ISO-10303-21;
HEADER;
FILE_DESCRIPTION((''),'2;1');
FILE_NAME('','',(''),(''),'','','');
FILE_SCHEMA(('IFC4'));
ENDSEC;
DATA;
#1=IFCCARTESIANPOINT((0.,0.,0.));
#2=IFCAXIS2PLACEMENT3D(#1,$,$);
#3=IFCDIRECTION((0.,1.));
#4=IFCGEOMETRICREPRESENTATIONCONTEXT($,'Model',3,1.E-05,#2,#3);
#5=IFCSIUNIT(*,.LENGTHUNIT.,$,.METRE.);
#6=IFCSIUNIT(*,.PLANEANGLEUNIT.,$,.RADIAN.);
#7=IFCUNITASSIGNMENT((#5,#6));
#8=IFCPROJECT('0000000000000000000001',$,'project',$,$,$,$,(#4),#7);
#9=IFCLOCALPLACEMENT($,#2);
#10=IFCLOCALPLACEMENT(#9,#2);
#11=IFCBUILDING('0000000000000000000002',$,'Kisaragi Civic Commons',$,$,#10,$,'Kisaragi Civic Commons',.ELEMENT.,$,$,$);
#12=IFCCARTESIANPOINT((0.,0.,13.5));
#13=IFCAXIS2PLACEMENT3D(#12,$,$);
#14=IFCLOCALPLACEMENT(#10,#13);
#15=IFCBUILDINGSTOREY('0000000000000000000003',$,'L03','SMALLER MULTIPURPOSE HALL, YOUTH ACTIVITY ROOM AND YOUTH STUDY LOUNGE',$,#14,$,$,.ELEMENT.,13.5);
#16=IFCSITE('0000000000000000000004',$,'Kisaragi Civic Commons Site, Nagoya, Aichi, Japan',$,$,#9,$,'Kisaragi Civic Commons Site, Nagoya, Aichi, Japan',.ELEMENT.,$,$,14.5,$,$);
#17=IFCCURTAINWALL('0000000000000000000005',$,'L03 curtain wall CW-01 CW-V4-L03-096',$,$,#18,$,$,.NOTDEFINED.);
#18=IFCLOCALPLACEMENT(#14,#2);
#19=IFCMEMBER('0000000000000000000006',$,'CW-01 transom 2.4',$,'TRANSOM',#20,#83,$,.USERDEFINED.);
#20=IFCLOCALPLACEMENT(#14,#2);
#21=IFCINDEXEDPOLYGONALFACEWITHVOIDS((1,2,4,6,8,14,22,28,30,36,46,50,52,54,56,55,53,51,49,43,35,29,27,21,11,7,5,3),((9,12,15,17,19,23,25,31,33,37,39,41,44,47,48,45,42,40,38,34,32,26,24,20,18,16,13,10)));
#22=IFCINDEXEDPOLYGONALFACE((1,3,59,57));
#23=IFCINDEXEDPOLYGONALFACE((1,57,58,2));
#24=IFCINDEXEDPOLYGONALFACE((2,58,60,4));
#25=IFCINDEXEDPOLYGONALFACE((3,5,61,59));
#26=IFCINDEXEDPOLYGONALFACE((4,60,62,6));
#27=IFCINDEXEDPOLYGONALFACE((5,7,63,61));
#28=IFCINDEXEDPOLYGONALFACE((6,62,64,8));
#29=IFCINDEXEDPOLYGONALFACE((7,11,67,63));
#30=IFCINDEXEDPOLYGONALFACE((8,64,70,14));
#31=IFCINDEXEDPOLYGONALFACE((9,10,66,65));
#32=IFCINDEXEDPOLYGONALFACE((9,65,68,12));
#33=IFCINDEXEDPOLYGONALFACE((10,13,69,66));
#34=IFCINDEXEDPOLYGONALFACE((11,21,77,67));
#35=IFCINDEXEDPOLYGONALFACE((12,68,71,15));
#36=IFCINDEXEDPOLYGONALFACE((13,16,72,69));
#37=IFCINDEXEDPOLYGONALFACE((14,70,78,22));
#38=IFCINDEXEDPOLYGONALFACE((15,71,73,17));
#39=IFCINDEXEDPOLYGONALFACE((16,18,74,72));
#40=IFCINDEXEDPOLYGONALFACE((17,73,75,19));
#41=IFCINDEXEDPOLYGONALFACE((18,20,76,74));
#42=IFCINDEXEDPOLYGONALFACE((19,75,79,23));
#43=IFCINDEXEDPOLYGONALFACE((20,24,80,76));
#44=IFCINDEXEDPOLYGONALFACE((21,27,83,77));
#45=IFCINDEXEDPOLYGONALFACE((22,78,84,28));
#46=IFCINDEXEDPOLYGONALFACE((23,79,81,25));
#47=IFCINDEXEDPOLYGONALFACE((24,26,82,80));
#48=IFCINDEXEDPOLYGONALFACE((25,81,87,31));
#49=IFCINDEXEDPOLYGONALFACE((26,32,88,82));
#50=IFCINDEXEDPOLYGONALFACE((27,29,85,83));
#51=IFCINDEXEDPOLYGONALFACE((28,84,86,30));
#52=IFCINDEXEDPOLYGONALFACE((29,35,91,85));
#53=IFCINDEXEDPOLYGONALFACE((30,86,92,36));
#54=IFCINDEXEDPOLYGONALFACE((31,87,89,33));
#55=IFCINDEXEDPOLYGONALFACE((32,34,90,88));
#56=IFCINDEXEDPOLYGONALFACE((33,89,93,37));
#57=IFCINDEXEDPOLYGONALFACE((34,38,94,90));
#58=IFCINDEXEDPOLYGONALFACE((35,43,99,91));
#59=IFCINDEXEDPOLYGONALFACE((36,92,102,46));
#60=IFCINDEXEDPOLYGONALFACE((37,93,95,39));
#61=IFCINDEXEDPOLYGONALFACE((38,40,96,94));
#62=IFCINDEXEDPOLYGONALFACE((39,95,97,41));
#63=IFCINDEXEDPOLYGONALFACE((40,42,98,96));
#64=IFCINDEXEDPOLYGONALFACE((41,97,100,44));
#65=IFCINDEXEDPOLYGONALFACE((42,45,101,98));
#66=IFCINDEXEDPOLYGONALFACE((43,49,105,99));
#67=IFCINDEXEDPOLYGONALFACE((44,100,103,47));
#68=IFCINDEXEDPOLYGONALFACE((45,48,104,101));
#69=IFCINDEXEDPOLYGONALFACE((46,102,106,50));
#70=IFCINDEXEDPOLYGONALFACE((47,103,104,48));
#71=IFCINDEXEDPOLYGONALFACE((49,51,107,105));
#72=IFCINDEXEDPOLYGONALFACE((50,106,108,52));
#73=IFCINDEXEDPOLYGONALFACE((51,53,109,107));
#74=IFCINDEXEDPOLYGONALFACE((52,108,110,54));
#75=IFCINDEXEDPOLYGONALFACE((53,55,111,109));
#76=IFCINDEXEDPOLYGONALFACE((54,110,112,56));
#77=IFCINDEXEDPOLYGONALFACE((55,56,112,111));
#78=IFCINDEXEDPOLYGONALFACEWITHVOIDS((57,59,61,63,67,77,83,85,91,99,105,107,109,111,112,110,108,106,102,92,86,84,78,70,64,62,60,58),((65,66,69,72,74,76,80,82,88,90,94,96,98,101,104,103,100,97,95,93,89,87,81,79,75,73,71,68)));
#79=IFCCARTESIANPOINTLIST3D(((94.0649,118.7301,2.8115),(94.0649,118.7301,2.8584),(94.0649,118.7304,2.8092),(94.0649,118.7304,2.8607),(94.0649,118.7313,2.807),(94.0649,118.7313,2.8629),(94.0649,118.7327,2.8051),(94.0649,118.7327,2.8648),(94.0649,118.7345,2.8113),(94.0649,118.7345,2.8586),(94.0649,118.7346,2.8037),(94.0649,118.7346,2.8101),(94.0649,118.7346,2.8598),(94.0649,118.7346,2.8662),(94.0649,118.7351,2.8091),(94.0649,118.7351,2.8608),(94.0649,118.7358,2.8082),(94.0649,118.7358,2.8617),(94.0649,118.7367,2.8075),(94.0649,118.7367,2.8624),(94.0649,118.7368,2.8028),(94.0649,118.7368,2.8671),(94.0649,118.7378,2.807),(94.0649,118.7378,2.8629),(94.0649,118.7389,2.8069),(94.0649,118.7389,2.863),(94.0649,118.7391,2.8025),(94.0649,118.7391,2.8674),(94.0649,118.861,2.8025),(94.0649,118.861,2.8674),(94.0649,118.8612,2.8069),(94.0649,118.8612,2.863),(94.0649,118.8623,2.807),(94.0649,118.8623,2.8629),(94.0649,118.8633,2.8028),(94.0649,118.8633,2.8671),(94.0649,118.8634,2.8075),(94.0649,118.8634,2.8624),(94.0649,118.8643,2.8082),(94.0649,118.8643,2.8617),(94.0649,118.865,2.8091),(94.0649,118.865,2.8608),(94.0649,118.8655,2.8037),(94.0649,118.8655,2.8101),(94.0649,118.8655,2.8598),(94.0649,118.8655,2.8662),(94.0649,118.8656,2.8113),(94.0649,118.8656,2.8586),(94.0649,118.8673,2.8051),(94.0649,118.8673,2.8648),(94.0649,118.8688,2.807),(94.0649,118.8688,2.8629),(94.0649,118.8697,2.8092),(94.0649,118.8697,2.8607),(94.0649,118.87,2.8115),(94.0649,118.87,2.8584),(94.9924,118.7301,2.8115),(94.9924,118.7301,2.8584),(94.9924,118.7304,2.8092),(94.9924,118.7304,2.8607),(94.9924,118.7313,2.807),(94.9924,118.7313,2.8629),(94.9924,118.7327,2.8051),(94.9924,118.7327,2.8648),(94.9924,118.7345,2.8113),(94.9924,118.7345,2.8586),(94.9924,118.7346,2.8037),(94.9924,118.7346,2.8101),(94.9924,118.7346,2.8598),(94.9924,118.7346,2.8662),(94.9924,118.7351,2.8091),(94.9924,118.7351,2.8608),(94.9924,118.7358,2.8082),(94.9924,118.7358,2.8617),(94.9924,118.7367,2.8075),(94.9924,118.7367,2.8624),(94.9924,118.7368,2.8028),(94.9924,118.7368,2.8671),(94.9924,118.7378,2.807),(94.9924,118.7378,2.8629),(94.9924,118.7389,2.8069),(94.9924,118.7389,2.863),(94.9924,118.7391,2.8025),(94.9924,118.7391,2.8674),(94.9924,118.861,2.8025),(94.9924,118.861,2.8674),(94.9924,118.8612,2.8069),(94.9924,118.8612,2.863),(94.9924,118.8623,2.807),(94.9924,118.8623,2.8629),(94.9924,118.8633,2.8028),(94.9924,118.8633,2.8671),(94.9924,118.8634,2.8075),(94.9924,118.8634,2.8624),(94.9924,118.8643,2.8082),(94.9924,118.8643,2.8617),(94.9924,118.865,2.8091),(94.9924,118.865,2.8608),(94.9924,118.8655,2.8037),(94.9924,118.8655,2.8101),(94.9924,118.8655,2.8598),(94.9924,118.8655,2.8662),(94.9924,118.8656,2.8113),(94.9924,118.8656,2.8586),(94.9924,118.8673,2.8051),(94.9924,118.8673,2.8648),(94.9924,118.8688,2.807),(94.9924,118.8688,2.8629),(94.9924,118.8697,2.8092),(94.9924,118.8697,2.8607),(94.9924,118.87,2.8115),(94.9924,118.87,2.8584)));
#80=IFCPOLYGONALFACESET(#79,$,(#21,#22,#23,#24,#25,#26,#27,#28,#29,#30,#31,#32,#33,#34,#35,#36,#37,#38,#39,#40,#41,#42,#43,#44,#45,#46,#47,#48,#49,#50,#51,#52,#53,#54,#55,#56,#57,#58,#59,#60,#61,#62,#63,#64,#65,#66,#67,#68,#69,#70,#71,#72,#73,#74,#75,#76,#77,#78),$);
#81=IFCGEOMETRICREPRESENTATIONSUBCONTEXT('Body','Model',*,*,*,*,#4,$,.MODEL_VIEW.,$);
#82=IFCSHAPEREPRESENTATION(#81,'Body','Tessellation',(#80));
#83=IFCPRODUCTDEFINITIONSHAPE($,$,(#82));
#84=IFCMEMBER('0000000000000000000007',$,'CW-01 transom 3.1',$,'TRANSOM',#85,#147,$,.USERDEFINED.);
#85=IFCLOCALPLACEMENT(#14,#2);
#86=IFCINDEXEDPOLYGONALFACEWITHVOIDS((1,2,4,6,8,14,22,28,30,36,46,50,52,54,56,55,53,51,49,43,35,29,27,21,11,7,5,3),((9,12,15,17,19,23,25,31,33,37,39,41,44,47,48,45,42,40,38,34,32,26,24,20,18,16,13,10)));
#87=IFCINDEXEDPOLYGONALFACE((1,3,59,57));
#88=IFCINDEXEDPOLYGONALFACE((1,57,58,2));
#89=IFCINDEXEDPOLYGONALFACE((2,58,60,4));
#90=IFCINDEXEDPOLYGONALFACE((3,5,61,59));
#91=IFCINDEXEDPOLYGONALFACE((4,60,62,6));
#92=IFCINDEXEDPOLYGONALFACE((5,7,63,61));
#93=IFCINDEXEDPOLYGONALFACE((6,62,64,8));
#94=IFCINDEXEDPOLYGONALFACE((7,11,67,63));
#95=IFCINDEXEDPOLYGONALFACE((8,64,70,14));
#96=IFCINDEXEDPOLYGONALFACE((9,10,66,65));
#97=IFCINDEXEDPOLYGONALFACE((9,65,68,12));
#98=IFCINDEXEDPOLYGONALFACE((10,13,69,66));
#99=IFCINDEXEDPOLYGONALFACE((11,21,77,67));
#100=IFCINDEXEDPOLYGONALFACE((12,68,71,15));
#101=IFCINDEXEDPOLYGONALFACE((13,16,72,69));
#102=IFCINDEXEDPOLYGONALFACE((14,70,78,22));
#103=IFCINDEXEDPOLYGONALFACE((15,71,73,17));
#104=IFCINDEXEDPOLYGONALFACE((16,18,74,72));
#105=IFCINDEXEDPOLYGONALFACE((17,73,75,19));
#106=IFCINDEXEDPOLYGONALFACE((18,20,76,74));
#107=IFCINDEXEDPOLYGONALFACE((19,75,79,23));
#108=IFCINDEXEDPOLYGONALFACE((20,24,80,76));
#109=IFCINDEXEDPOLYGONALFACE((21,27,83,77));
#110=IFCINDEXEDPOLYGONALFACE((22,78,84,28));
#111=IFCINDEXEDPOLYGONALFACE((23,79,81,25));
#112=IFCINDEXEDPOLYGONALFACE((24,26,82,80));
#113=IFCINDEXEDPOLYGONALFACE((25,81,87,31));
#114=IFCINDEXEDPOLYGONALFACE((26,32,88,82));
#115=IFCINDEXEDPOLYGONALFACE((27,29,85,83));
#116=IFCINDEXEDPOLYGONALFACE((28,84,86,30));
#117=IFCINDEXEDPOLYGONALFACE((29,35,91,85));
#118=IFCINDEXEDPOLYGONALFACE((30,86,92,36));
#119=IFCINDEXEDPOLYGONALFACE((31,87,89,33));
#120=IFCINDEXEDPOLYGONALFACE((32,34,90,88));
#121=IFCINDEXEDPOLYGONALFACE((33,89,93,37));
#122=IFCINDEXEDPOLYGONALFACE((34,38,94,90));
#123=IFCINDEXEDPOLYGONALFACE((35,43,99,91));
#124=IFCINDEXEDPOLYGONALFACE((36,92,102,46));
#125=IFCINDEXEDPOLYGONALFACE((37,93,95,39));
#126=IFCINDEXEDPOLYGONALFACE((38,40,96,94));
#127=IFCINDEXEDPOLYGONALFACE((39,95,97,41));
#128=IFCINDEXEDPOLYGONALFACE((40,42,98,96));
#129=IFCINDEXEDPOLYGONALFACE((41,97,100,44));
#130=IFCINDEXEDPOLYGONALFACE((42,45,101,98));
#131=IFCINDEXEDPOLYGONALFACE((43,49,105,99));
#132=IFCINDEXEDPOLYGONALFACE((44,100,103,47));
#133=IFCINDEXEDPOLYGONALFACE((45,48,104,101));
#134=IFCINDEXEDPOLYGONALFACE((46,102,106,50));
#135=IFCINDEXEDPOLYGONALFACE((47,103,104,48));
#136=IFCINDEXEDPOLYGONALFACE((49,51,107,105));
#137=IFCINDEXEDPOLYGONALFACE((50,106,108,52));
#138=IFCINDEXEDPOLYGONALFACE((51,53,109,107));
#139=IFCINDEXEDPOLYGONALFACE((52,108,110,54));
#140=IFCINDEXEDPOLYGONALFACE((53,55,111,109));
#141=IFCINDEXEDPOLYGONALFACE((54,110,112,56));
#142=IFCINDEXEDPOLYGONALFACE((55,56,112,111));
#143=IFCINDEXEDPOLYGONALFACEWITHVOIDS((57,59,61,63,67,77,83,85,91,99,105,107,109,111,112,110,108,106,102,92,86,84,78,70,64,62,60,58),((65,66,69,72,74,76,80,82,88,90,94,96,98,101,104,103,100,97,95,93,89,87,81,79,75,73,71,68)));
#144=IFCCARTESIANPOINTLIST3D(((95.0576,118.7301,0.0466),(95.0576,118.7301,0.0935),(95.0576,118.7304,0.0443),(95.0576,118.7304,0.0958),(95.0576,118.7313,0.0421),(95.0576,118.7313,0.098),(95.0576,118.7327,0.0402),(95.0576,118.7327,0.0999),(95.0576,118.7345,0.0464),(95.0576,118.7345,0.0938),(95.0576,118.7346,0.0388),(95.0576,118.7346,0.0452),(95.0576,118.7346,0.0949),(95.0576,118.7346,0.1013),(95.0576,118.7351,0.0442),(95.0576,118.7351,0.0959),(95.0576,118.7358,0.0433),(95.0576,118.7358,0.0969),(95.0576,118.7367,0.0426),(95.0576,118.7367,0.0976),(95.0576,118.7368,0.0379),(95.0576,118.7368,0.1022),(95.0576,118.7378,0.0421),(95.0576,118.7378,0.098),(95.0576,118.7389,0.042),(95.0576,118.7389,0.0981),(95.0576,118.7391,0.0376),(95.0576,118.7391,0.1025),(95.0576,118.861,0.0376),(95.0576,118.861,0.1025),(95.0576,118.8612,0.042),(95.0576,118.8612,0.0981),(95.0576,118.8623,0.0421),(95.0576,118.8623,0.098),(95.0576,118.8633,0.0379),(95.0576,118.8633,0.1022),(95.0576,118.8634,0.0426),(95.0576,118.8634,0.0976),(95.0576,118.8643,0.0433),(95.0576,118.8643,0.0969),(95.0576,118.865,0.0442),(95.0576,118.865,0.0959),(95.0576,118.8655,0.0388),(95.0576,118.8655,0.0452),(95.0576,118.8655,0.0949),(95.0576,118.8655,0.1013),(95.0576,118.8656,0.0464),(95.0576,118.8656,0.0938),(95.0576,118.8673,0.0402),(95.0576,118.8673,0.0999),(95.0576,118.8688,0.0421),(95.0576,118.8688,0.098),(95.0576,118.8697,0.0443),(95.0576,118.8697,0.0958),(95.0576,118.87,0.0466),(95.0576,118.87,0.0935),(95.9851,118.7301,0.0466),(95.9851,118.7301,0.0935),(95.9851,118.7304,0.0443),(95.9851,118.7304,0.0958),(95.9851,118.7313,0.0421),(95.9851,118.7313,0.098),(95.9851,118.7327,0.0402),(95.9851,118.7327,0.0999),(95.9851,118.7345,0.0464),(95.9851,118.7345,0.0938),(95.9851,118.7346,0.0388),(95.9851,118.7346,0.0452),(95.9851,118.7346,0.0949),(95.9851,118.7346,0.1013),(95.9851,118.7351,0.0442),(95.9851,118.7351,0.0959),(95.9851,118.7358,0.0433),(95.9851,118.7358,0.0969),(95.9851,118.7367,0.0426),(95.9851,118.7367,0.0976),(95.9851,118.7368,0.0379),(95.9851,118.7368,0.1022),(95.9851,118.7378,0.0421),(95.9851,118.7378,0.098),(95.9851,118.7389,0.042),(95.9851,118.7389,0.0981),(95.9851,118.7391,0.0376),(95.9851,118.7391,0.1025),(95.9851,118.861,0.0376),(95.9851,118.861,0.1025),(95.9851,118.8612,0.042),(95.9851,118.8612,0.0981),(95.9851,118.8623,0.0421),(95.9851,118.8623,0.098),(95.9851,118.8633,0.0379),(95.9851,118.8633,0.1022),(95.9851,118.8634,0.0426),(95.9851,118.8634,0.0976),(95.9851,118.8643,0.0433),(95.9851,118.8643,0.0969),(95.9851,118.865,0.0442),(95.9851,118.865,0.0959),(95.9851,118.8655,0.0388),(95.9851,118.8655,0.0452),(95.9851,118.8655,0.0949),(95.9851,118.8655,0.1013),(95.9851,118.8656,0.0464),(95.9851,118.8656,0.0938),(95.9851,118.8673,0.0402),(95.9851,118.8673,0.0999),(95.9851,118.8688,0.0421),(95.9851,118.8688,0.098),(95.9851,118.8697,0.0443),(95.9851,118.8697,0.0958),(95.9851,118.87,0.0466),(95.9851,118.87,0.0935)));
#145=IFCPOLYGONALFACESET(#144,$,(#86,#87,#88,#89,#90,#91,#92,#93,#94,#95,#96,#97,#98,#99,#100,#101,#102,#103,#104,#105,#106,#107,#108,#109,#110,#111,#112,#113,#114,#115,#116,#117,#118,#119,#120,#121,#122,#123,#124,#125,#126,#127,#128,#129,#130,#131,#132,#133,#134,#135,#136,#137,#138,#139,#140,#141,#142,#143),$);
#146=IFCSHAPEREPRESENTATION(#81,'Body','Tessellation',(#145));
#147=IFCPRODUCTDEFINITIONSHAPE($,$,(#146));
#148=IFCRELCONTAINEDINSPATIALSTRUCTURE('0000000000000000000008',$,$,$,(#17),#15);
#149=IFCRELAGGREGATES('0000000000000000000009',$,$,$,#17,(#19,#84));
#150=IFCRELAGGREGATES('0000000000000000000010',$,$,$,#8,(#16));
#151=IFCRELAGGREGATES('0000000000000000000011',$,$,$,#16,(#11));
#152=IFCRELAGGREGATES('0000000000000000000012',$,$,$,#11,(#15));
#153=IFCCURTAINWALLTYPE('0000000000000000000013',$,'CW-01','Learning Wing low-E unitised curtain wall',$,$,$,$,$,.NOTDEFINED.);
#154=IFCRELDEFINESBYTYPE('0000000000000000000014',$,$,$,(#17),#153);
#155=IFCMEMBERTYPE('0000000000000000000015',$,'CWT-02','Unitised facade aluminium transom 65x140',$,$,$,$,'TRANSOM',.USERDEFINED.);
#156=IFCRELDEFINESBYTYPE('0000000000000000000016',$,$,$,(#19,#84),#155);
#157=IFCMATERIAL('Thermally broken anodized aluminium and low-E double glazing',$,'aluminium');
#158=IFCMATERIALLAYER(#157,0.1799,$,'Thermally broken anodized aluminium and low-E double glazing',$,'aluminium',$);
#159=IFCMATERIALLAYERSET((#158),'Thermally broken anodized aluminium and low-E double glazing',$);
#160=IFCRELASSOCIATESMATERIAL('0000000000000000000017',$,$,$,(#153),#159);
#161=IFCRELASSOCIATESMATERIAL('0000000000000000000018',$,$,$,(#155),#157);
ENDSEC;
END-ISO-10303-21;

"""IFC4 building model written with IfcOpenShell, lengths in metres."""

from ifc_helpers import new_model, si_unit, direction, frame, origin, origin_2d, place, context, subcontext, project, spatial, hollow_rectangle, extrude, material, layer, layer_set, material_profile, profile_set, type_object, element, aggregate, save


model = new_model("IFC4")

# Units and contexts
model_context = context("Model", 3, precision=1e-05, world=origin(), true_north=direction((0.0, 1.0)))
body_context = subcontext(model_context, "Body", "Model", "MODEL_VIEW")
ifc_project = project(units=[si_unit("LENGTHUNIT", "METRE"), si_unit("PLANEANGLEUNIT", "RADIAN")], contexts=[model_context])

# Site, building, storey
site_placement = place(None, origin())
site = spatial("IfcSite", under=ifc_project, at=site_placement, Name="Kisaragi Civic Commons Site, Nagoya, Aichi, Japan", LongName="Kisaragi Civic Commons Site, Nagoya, Aichi, Japan", CompositionType="ELEMENT", RefElevation=14.5)
building_placement = place(site_placement, origin())
building = spatial("IfcBuilding", under=site, at=building_placement, Name="Kisaragi Civic Commons", LongName="Kisaragi Civic Commons", CompositionType="ELEMENT")
storey_placement = place(building_placement, frame((0.0, 0.0, 13.5)))
storey = spatial("IfcBuildingStorey", under=building, at=storey_placement, Name="L03", Description="SMALLER MULTIPURPOSE HALL, YOUTH ACTIVITY ROOM AND YOUTH STUDY LOUNGE", CompositionType="ELEMENT", Elevation=13.5)

# Curtain wall, members
ifc_material = material(Name="Thermally broken anodized aluminium and low-E double glazing", Category="aluminium")
ifc_layer_1 = layer(ifc_material, 0.1799, Name="Thermally broken anodized aluminium and low-E double glazing", Category="aluminium")
ifc_layer_set_1 = layer_set([ifc_layer_1], Name="Thermally broken anodized aluminium and low-E double glazing")
curtain_wall_type = type_object("IfcCurtainWallType", Name="CW-01", Description="Learning Wing low-E unitised curtain wall", PredefinedType="NOTDEFINED", material=ifc_layer_set_1)
curtain_wall_placement = place(storey_placement, origin())
curtain_wall = element("IfcCurtainWall", 1, at=curtain_wall_placement, inside=storey, type_object=curtain_wall_type, Name="L03 curtain wall CW-01 CW-V4-L03-096", PredefinedType="NOTDEFINED")
ifc_material_profile_1 = material_profile(ifc_material, hollow_rectangle(XDim=0.1399, YDim=0.0649, WallThickness=0.0044, InnerFilletRadius=0.0044, OuterFilletRadius=0.009, at=origin_2d()), Name="CWT-65x140x4.5", Category="aluminium")
ifc_profile_set_1 = profile_set([ifc_material_profile_1], Name="Thermally broken anodized aluminium and low-E double glazing")
member_type_1 = type_object("IfcMemberType", Name="CWT-02", Description="Unitised facade aluminium transom 65x140", ElementType="TRANSOM", PredefinedType="USERDEFINED", material=ifc_profile_set_1)
member_1_placement = place(storey_placement, frame((94.0649, 118.8, 2.835), z_axis=(1.0, 0.0, 0.0), x_axis=(0.0, 1.0, 0.0)))
member_1 = element("IfcMember", 2, at=member_1_placement, type_object=member_type_1, Name="CW-01 transom 2.4", ObjectType="TRANSOM", PredefinedType="USERDEFINED", context=body_context, shape_type="SweptSolid", body=[
    extrude(hollow_rectangle(XDim=0.1399, YDim=0.0649, WallThickness=0.0044, InnerFilletRadius=0.0044, OuterFilletRadius=0.009, at=origin_2d()), origin(), (0.0, 0.0, 1.0), 0.9275),
])
member_2_placement = place(storey_placement, frame((95.0576, 118.8, 0.0701), z_axis=(1.0, 0.0, 0.0), x_axis=(0.0, 1.0, 0.0)))
member_2 = element("IfcMember", 3, at=member_2_placement, type_object=member_type_1, Name="CW-01 transom 3.1", ObjectType="TRANSOM", PredefinedType="USERDEFINED", context=body_context, shape_type="SweptSolid", body=[
    extrude(hollow_rectangle(XDim=0.1399, YDim=0.0649, WallThickness=0.0044, InnerFilletRadius=0.0044, OuterFilletRadius=0.009, at=origin_2d()), origin(), (0.0, 0.0, 1.0), 0.9275),
])
aggregate(curtain_wall, [member_1, member_2])

save(model, "model.ifc")
